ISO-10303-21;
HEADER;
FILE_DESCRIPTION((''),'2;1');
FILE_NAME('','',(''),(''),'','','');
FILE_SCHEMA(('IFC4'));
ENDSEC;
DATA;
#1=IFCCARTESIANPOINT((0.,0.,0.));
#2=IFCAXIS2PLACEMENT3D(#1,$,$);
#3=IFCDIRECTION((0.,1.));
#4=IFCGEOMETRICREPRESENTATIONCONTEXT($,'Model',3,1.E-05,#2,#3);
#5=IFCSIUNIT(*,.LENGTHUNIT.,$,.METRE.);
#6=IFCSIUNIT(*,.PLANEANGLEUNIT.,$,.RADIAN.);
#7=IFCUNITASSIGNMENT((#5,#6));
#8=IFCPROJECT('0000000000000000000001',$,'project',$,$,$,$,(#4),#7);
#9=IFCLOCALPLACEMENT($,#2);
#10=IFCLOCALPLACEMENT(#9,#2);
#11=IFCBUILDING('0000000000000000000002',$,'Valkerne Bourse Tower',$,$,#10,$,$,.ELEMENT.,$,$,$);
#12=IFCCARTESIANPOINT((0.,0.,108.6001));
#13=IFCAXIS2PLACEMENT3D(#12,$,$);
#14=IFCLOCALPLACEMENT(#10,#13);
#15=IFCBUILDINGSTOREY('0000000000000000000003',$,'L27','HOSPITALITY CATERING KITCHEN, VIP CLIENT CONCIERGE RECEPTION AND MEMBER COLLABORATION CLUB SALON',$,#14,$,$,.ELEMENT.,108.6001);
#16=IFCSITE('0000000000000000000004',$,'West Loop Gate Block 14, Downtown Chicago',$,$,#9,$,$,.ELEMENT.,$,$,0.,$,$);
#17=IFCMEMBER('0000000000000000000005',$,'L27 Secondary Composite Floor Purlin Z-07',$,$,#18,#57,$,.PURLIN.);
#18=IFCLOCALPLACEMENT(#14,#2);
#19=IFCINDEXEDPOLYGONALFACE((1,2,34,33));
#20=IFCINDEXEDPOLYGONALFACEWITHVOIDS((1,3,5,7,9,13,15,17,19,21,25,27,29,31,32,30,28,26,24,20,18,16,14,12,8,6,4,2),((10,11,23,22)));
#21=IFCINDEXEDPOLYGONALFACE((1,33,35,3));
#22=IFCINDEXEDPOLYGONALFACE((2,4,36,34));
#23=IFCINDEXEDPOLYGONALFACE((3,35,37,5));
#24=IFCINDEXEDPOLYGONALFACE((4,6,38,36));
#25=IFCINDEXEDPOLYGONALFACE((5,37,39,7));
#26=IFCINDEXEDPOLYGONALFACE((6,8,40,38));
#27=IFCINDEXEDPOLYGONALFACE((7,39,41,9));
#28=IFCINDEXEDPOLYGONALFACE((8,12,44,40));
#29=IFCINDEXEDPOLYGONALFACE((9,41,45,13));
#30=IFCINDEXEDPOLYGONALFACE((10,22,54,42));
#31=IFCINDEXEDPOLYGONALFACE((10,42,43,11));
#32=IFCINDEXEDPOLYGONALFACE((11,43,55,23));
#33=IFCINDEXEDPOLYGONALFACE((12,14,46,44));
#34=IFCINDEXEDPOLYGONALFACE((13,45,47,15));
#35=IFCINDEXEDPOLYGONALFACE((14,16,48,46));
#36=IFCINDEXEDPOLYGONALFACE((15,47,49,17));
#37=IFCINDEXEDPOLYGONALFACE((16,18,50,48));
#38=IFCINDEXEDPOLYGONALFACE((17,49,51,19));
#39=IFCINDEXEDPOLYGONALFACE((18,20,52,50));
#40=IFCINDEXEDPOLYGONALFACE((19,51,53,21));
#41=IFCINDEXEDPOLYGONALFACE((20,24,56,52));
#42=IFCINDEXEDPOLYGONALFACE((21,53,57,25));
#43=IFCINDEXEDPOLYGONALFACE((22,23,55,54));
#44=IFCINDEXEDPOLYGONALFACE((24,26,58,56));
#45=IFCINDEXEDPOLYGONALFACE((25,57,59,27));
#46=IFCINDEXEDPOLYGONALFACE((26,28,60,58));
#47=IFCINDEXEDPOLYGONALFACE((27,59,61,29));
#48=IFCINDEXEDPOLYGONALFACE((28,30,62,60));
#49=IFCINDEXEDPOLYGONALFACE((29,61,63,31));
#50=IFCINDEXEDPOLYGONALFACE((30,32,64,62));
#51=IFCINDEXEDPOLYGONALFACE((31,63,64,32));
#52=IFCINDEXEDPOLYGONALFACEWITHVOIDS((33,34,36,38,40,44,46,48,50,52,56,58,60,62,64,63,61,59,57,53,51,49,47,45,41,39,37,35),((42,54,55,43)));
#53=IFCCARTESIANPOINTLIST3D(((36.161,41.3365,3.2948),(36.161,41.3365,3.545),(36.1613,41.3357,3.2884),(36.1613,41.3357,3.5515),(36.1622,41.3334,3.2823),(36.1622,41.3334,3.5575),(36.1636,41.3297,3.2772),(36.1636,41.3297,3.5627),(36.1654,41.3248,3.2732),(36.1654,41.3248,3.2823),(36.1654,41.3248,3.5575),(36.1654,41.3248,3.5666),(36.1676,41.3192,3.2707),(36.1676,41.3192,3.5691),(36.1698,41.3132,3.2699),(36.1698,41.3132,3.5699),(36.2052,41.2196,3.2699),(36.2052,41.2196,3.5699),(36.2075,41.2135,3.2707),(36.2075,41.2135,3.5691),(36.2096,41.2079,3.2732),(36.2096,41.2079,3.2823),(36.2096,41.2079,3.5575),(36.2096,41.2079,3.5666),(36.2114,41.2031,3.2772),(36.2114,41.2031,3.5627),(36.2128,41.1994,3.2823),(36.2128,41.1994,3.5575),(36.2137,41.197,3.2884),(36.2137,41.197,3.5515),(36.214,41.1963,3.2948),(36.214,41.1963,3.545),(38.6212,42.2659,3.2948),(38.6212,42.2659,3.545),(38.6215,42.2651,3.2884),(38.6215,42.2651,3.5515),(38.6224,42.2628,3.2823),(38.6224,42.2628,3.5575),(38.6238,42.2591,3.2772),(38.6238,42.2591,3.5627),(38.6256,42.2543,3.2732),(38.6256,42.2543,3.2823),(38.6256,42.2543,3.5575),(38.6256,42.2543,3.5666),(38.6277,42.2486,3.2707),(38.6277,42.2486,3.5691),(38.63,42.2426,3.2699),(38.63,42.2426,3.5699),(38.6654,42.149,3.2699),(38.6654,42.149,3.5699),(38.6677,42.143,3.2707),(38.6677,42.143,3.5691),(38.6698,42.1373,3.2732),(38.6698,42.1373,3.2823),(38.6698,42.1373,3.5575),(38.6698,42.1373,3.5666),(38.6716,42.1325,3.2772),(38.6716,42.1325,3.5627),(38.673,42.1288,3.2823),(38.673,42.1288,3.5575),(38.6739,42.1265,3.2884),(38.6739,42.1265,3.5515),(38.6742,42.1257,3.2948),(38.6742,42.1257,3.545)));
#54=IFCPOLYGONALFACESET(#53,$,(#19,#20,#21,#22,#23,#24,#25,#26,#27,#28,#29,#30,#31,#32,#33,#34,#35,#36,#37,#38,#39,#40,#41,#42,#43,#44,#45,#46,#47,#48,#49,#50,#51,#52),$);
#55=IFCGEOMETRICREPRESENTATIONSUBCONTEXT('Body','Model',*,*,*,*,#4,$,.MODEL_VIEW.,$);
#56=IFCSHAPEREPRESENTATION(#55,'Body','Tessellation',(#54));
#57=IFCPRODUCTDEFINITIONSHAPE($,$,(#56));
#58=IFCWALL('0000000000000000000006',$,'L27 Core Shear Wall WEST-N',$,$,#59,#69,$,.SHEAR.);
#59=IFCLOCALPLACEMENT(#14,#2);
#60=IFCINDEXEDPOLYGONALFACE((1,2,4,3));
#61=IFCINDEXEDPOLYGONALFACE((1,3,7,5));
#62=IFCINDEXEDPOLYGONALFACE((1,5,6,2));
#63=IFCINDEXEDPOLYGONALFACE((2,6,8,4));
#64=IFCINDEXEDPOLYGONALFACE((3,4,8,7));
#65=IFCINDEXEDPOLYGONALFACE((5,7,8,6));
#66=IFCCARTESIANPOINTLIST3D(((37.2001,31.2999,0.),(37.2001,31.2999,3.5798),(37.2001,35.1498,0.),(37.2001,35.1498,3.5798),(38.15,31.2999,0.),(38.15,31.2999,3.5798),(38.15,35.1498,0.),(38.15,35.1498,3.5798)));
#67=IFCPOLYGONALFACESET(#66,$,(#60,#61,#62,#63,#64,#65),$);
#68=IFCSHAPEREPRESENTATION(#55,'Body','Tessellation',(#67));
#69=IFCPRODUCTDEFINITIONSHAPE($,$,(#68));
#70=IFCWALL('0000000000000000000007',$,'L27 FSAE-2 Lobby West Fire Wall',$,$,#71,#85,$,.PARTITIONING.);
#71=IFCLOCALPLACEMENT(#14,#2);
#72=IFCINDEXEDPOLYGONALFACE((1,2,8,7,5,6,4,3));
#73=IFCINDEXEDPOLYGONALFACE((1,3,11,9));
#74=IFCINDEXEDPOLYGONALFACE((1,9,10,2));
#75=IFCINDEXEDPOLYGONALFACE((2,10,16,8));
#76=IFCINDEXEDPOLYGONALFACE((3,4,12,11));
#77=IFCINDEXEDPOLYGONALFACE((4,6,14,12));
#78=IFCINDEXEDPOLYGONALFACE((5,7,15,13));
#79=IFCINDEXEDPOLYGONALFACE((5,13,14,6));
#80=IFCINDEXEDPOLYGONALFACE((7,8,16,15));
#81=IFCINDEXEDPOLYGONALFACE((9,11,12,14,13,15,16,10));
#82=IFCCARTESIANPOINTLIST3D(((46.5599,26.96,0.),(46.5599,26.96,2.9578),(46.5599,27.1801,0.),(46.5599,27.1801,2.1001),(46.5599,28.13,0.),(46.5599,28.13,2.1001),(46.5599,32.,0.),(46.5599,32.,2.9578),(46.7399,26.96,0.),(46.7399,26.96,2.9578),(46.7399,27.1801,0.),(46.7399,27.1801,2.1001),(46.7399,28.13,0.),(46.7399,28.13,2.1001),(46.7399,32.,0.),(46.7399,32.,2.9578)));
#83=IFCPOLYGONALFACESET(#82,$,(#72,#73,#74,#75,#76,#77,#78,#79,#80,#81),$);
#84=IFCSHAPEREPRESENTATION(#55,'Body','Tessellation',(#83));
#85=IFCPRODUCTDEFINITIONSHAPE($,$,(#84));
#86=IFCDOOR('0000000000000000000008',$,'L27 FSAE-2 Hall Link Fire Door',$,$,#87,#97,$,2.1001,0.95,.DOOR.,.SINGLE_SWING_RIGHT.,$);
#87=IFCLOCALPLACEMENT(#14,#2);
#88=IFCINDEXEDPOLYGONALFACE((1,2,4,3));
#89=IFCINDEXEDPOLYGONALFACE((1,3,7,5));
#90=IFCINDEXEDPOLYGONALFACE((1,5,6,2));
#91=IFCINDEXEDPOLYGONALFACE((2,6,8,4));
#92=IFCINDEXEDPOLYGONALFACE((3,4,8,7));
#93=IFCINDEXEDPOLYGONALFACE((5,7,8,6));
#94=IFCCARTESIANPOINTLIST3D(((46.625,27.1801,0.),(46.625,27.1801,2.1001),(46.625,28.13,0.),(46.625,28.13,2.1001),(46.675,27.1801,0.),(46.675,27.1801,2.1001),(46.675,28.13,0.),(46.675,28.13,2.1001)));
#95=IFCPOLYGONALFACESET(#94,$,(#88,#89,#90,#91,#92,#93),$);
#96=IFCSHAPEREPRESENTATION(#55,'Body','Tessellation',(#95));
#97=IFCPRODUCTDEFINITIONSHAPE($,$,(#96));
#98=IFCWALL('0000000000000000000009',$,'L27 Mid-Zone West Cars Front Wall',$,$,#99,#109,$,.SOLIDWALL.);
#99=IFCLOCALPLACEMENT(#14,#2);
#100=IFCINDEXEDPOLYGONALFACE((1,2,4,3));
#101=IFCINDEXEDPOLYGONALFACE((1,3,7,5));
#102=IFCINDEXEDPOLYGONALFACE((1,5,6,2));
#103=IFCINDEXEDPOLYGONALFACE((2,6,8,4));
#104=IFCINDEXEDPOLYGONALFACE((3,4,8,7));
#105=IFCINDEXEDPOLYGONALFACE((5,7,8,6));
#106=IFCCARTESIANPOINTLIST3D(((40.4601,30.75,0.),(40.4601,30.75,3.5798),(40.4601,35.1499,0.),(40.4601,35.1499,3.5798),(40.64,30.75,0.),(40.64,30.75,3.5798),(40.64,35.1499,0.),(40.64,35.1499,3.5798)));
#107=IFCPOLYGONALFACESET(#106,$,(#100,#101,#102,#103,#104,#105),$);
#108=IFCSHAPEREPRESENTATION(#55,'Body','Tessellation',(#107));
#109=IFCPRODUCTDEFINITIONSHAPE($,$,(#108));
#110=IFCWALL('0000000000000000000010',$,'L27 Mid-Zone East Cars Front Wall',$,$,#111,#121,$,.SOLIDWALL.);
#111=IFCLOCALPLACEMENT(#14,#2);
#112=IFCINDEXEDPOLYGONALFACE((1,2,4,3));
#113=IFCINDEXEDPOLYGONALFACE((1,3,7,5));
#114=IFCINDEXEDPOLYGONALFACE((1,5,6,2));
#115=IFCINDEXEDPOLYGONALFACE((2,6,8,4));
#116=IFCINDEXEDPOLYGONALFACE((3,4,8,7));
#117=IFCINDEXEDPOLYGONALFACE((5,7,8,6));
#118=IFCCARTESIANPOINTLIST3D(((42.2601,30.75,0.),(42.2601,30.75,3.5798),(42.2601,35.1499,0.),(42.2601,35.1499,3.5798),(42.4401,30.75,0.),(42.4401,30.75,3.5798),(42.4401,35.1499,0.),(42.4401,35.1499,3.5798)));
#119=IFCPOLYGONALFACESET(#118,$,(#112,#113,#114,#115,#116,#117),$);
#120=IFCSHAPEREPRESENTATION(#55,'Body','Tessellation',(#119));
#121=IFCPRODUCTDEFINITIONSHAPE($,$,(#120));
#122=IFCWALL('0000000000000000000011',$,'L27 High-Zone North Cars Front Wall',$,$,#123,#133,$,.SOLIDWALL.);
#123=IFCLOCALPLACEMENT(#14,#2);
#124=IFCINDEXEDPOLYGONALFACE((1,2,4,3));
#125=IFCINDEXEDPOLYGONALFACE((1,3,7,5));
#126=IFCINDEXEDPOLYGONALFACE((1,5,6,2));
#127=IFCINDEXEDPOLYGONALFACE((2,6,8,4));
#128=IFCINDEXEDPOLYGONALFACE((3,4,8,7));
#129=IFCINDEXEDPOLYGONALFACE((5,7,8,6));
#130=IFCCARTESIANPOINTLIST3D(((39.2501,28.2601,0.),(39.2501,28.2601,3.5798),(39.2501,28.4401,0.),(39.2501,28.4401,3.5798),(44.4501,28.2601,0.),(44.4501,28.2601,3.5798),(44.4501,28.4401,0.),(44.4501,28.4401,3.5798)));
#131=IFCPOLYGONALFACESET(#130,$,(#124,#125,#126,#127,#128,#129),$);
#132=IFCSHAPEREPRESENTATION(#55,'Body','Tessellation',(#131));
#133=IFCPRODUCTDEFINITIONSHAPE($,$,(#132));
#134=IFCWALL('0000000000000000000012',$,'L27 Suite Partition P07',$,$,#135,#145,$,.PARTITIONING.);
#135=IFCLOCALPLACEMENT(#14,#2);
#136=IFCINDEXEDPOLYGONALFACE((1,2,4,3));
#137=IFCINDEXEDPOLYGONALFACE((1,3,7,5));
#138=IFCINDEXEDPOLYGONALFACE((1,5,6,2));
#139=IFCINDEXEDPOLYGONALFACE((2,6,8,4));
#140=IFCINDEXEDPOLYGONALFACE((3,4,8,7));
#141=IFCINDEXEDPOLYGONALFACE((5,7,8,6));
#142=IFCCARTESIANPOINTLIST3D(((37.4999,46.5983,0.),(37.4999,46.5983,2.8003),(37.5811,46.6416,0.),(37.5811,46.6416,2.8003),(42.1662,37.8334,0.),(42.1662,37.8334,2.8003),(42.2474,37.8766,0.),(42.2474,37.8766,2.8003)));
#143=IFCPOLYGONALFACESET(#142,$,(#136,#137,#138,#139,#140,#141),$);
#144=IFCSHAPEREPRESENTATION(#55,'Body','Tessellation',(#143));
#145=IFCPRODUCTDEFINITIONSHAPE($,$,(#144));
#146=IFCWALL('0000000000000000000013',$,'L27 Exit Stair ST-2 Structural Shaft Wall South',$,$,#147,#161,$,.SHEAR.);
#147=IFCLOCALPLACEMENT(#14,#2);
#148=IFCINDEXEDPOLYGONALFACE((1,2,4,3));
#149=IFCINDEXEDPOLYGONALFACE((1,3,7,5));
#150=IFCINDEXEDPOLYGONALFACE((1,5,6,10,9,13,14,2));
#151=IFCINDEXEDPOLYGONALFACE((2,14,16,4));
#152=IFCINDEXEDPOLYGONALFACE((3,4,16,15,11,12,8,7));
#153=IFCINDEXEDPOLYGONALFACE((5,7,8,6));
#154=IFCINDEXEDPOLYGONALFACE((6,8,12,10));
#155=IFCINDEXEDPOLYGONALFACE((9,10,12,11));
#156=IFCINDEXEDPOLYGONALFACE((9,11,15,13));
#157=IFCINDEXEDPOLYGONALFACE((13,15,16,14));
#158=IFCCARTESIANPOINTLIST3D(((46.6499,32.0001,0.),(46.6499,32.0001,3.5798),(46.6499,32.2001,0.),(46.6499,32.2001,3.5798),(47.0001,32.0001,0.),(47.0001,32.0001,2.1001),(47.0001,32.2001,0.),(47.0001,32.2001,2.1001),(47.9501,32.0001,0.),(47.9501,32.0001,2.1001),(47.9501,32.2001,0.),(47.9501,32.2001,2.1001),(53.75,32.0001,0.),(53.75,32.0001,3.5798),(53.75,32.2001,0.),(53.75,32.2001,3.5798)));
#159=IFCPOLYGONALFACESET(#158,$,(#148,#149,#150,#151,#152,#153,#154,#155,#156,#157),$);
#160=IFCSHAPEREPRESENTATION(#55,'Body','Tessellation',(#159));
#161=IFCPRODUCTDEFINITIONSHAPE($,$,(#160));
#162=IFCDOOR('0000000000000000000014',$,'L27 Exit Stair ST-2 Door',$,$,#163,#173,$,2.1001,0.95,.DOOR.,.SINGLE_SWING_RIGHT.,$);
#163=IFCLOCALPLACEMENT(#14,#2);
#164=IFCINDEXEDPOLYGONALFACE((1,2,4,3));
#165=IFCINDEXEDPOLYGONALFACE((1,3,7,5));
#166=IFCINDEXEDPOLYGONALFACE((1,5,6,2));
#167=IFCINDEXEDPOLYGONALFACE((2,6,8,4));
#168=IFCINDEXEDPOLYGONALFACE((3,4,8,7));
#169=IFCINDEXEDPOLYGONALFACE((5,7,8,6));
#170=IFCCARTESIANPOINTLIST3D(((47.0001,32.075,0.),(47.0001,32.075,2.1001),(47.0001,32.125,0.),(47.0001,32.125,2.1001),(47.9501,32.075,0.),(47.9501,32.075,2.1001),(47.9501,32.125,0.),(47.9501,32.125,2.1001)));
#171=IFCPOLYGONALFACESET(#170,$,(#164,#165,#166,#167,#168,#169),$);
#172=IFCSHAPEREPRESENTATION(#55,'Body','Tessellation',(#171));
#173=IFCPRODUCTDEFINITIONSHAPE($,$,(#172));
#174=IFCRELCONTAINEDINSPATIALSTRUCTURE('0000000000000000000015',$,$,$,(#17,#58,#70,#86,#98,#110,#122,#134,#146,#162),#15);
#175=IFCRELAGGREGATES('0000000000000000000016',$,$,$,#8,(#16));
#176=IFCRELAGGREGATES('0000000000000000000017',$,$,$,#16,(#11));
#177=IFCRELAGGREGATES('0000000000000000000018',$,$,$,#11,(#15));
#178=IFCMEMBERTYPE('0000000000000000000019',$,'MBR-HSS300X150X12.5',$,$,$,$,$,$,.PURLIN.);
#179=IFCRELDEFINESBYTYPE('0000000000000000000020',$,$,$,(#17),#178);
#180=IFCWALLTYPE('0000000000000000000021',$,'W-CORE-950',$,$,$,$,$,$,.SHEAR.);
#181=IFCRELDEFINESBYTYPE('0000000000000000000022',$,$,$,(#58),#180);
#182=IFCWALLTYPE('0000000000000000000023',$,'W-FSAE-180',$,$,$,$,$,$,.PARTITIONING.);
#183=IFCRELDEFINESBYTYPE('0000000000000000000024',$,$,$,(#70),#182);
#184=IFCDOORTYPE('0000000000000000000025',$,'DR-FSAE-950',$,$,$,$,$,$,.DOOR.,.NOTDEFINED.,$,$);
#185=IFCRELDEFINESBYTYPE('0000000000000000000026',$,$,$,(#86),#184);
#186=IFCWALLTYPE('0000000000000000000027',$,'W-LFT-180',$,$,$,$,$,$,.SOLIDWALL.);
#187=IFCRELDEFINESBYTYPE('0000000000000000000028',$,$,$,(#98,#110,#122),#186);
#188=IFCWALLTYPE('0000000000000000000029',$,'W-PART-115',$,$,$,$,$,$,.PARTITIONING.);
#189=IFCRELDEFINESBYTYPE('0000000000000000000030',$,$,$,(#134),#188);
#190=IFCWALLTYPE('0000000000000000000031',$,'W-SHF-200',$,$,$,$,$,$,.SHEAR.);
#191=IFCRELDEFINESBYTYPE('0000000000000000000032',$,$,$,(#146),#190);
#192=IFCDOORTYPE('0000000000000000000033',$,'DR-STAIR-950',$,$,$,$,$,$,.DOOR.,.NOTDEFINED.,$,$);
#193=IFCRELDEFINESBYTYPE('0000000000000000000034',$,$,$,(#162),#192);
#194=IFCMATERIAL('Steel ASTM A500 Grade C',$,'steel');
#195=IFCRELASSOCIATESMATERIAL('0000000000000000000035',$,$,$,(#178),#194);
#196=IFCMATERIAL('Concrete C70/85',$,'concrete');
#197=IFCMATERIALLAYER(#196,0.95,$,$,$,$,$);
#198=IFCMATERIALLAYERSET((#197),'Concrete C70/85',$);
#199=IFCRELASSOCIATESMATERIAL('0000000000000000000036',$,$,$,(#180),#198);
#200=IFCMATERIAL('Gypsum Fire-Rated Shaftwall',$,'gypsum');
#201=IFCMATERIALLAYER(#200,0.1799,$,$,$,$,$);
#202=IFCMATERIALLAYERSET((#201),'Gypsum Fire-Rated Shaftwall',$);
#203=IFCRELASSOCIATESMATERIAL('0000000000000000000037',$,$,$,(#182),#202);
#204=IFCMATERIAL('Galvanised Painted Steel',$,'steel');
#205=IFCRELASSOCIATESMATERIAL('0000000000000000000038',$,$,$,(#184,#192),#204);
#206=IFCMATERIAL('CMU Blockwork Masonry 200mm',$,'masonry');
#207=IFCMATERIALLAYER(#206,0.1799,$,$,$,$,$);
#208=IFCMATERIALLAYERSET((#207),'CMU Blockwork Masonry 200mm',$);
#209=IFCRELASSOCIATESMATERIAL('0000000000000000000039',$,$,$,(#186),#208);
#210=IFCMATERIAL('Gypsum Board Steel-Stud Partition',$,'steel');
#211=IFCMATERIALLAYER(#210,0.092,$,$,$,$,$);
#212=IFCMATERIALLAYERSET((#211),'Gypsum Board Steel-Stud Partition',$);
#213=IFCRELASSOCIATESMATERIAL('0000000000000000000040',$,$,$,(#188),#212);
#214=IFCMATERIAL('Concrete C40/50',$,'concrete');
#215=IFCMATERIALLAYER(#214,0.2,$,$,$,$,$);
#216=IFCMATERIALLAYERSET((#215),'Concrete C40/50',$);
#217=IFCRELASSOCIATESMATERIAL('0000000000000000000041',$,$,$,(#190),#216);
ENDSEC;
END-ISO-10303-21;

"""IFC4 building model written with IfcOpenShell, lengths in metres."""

from ifc_helpers import new_model, si_unit, direction, frame, frame_2d, origin, origin_2d, place, context, subcontext, project, spatial, rectangle, hollow_rectangle, extrude, material, layer, layer_set, material_profile, profile_set, type_object, element, fill, save


model = new_model("IFC4")

# Units and contexts
model_context = context("Model", 3, precision=1e-05, world=origin(), true_north=direction((0.0, 1.0)))
body_context = subcontext(model_context, "Body", "Model", "MODEL_VIEW")
ifc_project = project(units=[si_unit("LENGTHUNIT", "METRE"), si_unit("PLANEANGLEUNIT", "RADIAN")], contexts=[model_context])

# Site, building, storey
site_placement = place(None, origin())
site = spatial("IfcSite", under=ifc_project, at=site_placement, Name="West Loop Gate Block 14, Downtown Chicago", CompositionType="ELEMENT", RefElevation=0.0)
building_placement = place(site_placement, origin())
building = spatial("IfcBuilding", under=site, at=building_placement, Name="Valkerne Bourse Tower", CompositionType="ELEMENT")
storey_placement = place(building_placement, frame((0.0, 0.0, 108.6001)))
storey = spatial("IfcBuildingStorey", under=building, at=storey_placement, Name="L27", Description="HOSPITALITY CATERING KITCHEN, VIP CLIENT CONCIERGE RECEPTION AND MEMBER COLLABORATION CLUB SALON", CompositionType="ELEMENT", Elevation=108.6001)

# Member
ifc_material_1 = material(Name="Steel ASTM A500 Grade C", Category="steel")
ifc_material_profile_1 = material_profile(ifc_material_1, hollow_rectangle(XDim=0.1499, YDim=0.3, WallThickness=0.0125, OuterFilletRadius=0.0249, at=origin_2d()), Name="HSS300X150X12.5")
ifc_profile_set_1 = profile_set([ifc_material_profile_1], Name="Steel ASTM A500 Grade C")
member_type = type_object("IfcMemberType", Name="MBR-HSS300X150X12.5", PredefinedType="PURLIN", material=ifc_profile_set_1)
member_1_placement = place(storey_placement, frame((38.6477, 42.1958, 3.4199), z_axis=(-0.935468, -0.353411, 0.0), x_axis=(0.353411, -0.935468, 0.0)))
element("IfcMember", 1, at=member_1_placement, inside=storey, type_object=member_type, Name="L27 Secondary Composite Floor Purlin Z-07", PredefinedType="PURLIN", context=body_context, shape_type="SweptSolid", body=[
    extrude(hollow_rectangle(XDim=0.1499, YDim=0.3, WallThickness=0.0125, OuterFilletRadius=0.0249, at=origin_2d()), origin(), (0.0, 0.0, 1.0), 2.6299),
])

# Wall
ifc_material_2 = material(Name="Concrete C70/85", Category="concrete")
ifc_layer_1 = layer(ifc_material_2, 0.95)
ifc_layer_set_1 = layer_set([ifc_layer_1], Name="Concrete C70/85")
wall_type_1 = type_object("IfcWallType", Name="W-CORE-950", PredefinedType="SHEAR", material=ifc_layer_set_1)
wall_1_placement = place(storey_placement, frame((37.675, 31.3, 0.0), z_axis=(0.0, 0.0, 1.0), x_axis=(0.0, 1.0, 0.0)))
element("IfcWall", 2, at=wall_1_placement, inside=storey, type_object=wall_type_1, Name="L27 Core Shear Wall WEST-N", PredefinedType="SHEAR", context=body_context, shape_type="SweptSolid", body=[
    extrude(rectangle(XDim=3.8499, YDim=0.95, at=frame_2d((1.9248, 0.0))), origin(), (0.0, 0.0, 1.0), 3.5798),
])

# Wall, opening, door
ifc_material_3 = material(Name="Gypsum Fire-Rated Shaftwall", Category="gypsum")
ifc_layer_2 = layer(ifc_material_3, 0.1799)
ifc_layer_set_2 = layer_set([ifc_layer_2], Name="Gypsum Fire-Rated Shaftwall")
wall_type_2 = type_object("IfcWallType", Name="W-FSAE-180", PredefinedType="PARTITIONING", material=ifc_layer_set_2)
wall_2_placement = place(storey_placement, frame((46.6499, 26.96, 0.0), z_axis=(0.0, 0.0, 1.0), x_axis=(0.0, 1.0, 0.0)))
wall_2 = element("IfcWall", 3, at=wall_2_placement, inside=storey, type_object=wall_type_2, Name="L27 FSAE-2 Lobby West Fire Wall", PredefinedType="PARTITIONING", context=body_context, shape_type="SweptSolid", body=[
    extrude(rectangle(XDim=5.04, YDim=0.1799, at=frame_2d((2.52, 0.0))), origin(), (0.0, 0.0, 1.0), 2.9578),
])
opening_1_placement = place(wall_2_placement, frame((0.22, 0.0, 0.0)))
opening_1 = element("IfcOpeningElement", 4, at=opening_1_placement, cuts=wall_2, PredefinedType="OPENING", context=body_context, shape_type="SweptSolid", body=[
    extrude(rectangle(XDim=0.95, YDim=2.1001, at=frame_2d((0.4751, 1.05))), frame((0.0, 0.0999, 0.0), z_axis=(0.0, -1.0, 0.0), x_axis=(1.0, 0.0, 0.0)), (0.0, 0.0, 1.0), 0.2),
])
ifc_material_4 = material(Name="Galvanised Painted Steel", Category="steel")
door_type_1 = type_object("IfcDoorType", Name="DR-FSAE-950", OperationType="NOTDEFINED", PredefinedType="DOOR", material=ifc_material_4)
door_1_placement = place(opening_1_placement, origin())
door_1 = element("IfcDoor", 5, at=door_1_placement, inside=storey, type_object=door_type_1, Name="L27 FSAE-2 Hall Link Fire Door", OperationType="SINGLE_SWING_RIGHT", OverallHeight=2.1001, OverallWidth=0.95, PredefinedType="DOOR", context=body_context, shape_type="SweptSolid", body=[
    extrude(rectangle(XDim=0.95, YDim=2.1001, at=frame_2d((0.4751, 1.05))), frame((0.0, 0.0249, 0.0), z_axis=(0.0, -1.0, 0.0), x_axis=(1.0, 0.0, 0.0)), (0.0, 0.0, 1.0), 0.05),
])
fill(opening_1, door_1)

# Walls
ifc_material_5 = material(Name="CMU Blockwork Masonry 200mm", Category="masonry")
ifc_layer_3 = layer(ifc_material_5, 0.1799)
ifc_layer_set_3 = layer_set([ifc_layer_3], Name="CMU Blockwork Masonry 200mm")
wall_type_3 = type_object("IfcWallType", Name="W-LFT-180", PredefinedType="SOLIDWALL", material=ifc_layer_set_3)
for number, where, z_axis, x_axis, name in (
    (6, (40.55, 30.75, 0.0), (0.0, 0.0, 1.0), (0.0, 1.0, 0.0), "L27 Mid-Zone West Cars Front Wall"),
    (7, (42.3501, 30.75, 0.0), (0.0, 0.0, 1.0), (0.0, 1.0, 0.0), "L27 Mid-Zone East Cars Front Wall"),
):
    element("IfcWall", number, at=place(storey_placement, frame(where, z_axis=z_axis, x_axis=x_axis)), inside=storey, type_object=wall_type_3, Name=name, PredefinedType="SOLIDWALL", context=body_context, shape_type="SweptSolid", body=[
        extrude(rectangle(XDim=4.3999, YDim=0.1799, at=frame_2d((2.2, 0.0))), origin(), (0.0, 0.0, 1.0), 3.5798),
    ])
wall_3_placement = place(storey_placement, frame((39.25, 28.3501, 0.0), z_axis=(0.0, 0.0, 1.0), x_axis=(1.0, 0.0, 0.0)))
element("IfcWall", 8, at=wall_3_placement, inside=storey, type_object=wall_type_3, Name="L27 High-Zone North Cars Front Wall", PredefinedType="SOLIDWALL", context=body_context, shape_type="SweptSolid", body=[
    extrude(rectangle(XDim=5.2, YDim=0.1799, at=frame_2d((2.6001, 0.0))), origin(), (0.0, 0.0, 1.0), 3.5798),
])
ifc_material_6 = material(Name="Gypsum Board Steel-Stud Partition", Category="steel")
ifc_layer_4 = layer(ifc_material_6, 0.092)
ifc_layer_set_4 = layer_set([ifc_layer_4], Name="Gypsum Board Steel-Stud Partition")
wall_type_4 = type_object("IfcWallType", Name="W-PART-115", PredefinedType="PARTITIONING", material=ifc_layer_set_4)
wall_4_placement = place(storey_placement, frame((42.2068, 37.855, 0.0), z_axis=(0.0, 0.0, 1.0), x_axis=(-0.469933, 0.882702, 0.0)))
element("IfcWall", 9, at=wall_4_placement, inside=storey, type_object=wall_type_4, Name="L27 Suite Partition P07", PredefinedType="PARTITIONING", context=body_context, shape_type="SweptSolid", body=[
    extrude(rectangle(XDim=9.9297, YDim=0.092, at=frame_2d((4.9648, 0.0))), origin(), (0.0, 0.0, 1.0), 2.8003),
])

# Wall, opening, door
ifc_material_7 = material(Name="Concrete C40/50", Category="concrete")
ifc_layer_5 = layer(ifc_material_7, 0.2)
ifc_layer_set_5 = layer_set([ifc_layer_5], Name="Concrete C40/50")
wall_type_5 = type_object("IfcWallType", Name="W-SHF-200", PredefinedType="SHEAR", material=ifc_layer_set_5)
wall_5_placement = place(storey_placement, frame((46.6499, 32.1001, 0.0), z_axis=(0.0, 0.0, 1.0), x_axis=(1.0, 0.0, 0.0)))
wall_5 = element("IfcWall", 10, at=wall_5_placement, inside=storey, type_object=wall_type_5, Name="L27 Exit Stair ST-2 Structural Shaft Wall South", PredefinedType="SHEAR", context=body_context, shape_type="SweptSolid", body=[
    extrude(rectangle(XDim=7.1001, YDim=0.2, at=frame_2d((3.55, 0.0))), origin(), (0.0, 0.0, 1.0), 3.5798),
])
opening_2_placement = place(wall_5_placement, frame((0.3501, 0.0, 0.0)))
opening_2 = element("IfcOpeningElement", 11, at=opening_2_placement, cuts=wall_5, PredefinedType="OPENING", context=body_context, shape_type="SweptSolid", body=[
    extrude(rectangle(XDim=0.95, YDim=2.1001, at=frame_2d((0.4751, 1.05))), frame((0.0, 0.1099, 0.0), z_axis=(0.0, -1.0, 0.0), x_axis=(1.0, 0.0, 0.0)), (0.0, 0.0, 1.0), 0.22),
])
door_type_2 = type_object("IfcDoorType", Name="DR-STAIR-950", OperationType="NOTDEFINED", PredefinedType="DOOR", material=ifc_material_4)
door_2_placement = place(opening_2_placement, origin())
door_2 = element("IfcDoor", 12, at=door_2_placement, inside=storey, type_object=door_type_2, Name="L27 Exit Stair ST-2 Door", OperationType="SINGLE_SWING_RIGHT", OverallHeight=2.1001, OverallWidth=0.95, PredefinedType="DOOR", context=body_context, shape_type="SweptSolid", body=[
    extrude(rectangle(XDim=0.95, YDim=2.1001, at=frame_2d((0.4751, 1.05))), frame((0.0, 0.0249, 0.0), z_axis=(0.0, -1.0, 0.0), x_axis=(1.0, 0.0, 0.0)), (0.0, 0.0, 1.0), 0.05),
])
fill(opening_2, door_2)

save(model, "model.ifc")
